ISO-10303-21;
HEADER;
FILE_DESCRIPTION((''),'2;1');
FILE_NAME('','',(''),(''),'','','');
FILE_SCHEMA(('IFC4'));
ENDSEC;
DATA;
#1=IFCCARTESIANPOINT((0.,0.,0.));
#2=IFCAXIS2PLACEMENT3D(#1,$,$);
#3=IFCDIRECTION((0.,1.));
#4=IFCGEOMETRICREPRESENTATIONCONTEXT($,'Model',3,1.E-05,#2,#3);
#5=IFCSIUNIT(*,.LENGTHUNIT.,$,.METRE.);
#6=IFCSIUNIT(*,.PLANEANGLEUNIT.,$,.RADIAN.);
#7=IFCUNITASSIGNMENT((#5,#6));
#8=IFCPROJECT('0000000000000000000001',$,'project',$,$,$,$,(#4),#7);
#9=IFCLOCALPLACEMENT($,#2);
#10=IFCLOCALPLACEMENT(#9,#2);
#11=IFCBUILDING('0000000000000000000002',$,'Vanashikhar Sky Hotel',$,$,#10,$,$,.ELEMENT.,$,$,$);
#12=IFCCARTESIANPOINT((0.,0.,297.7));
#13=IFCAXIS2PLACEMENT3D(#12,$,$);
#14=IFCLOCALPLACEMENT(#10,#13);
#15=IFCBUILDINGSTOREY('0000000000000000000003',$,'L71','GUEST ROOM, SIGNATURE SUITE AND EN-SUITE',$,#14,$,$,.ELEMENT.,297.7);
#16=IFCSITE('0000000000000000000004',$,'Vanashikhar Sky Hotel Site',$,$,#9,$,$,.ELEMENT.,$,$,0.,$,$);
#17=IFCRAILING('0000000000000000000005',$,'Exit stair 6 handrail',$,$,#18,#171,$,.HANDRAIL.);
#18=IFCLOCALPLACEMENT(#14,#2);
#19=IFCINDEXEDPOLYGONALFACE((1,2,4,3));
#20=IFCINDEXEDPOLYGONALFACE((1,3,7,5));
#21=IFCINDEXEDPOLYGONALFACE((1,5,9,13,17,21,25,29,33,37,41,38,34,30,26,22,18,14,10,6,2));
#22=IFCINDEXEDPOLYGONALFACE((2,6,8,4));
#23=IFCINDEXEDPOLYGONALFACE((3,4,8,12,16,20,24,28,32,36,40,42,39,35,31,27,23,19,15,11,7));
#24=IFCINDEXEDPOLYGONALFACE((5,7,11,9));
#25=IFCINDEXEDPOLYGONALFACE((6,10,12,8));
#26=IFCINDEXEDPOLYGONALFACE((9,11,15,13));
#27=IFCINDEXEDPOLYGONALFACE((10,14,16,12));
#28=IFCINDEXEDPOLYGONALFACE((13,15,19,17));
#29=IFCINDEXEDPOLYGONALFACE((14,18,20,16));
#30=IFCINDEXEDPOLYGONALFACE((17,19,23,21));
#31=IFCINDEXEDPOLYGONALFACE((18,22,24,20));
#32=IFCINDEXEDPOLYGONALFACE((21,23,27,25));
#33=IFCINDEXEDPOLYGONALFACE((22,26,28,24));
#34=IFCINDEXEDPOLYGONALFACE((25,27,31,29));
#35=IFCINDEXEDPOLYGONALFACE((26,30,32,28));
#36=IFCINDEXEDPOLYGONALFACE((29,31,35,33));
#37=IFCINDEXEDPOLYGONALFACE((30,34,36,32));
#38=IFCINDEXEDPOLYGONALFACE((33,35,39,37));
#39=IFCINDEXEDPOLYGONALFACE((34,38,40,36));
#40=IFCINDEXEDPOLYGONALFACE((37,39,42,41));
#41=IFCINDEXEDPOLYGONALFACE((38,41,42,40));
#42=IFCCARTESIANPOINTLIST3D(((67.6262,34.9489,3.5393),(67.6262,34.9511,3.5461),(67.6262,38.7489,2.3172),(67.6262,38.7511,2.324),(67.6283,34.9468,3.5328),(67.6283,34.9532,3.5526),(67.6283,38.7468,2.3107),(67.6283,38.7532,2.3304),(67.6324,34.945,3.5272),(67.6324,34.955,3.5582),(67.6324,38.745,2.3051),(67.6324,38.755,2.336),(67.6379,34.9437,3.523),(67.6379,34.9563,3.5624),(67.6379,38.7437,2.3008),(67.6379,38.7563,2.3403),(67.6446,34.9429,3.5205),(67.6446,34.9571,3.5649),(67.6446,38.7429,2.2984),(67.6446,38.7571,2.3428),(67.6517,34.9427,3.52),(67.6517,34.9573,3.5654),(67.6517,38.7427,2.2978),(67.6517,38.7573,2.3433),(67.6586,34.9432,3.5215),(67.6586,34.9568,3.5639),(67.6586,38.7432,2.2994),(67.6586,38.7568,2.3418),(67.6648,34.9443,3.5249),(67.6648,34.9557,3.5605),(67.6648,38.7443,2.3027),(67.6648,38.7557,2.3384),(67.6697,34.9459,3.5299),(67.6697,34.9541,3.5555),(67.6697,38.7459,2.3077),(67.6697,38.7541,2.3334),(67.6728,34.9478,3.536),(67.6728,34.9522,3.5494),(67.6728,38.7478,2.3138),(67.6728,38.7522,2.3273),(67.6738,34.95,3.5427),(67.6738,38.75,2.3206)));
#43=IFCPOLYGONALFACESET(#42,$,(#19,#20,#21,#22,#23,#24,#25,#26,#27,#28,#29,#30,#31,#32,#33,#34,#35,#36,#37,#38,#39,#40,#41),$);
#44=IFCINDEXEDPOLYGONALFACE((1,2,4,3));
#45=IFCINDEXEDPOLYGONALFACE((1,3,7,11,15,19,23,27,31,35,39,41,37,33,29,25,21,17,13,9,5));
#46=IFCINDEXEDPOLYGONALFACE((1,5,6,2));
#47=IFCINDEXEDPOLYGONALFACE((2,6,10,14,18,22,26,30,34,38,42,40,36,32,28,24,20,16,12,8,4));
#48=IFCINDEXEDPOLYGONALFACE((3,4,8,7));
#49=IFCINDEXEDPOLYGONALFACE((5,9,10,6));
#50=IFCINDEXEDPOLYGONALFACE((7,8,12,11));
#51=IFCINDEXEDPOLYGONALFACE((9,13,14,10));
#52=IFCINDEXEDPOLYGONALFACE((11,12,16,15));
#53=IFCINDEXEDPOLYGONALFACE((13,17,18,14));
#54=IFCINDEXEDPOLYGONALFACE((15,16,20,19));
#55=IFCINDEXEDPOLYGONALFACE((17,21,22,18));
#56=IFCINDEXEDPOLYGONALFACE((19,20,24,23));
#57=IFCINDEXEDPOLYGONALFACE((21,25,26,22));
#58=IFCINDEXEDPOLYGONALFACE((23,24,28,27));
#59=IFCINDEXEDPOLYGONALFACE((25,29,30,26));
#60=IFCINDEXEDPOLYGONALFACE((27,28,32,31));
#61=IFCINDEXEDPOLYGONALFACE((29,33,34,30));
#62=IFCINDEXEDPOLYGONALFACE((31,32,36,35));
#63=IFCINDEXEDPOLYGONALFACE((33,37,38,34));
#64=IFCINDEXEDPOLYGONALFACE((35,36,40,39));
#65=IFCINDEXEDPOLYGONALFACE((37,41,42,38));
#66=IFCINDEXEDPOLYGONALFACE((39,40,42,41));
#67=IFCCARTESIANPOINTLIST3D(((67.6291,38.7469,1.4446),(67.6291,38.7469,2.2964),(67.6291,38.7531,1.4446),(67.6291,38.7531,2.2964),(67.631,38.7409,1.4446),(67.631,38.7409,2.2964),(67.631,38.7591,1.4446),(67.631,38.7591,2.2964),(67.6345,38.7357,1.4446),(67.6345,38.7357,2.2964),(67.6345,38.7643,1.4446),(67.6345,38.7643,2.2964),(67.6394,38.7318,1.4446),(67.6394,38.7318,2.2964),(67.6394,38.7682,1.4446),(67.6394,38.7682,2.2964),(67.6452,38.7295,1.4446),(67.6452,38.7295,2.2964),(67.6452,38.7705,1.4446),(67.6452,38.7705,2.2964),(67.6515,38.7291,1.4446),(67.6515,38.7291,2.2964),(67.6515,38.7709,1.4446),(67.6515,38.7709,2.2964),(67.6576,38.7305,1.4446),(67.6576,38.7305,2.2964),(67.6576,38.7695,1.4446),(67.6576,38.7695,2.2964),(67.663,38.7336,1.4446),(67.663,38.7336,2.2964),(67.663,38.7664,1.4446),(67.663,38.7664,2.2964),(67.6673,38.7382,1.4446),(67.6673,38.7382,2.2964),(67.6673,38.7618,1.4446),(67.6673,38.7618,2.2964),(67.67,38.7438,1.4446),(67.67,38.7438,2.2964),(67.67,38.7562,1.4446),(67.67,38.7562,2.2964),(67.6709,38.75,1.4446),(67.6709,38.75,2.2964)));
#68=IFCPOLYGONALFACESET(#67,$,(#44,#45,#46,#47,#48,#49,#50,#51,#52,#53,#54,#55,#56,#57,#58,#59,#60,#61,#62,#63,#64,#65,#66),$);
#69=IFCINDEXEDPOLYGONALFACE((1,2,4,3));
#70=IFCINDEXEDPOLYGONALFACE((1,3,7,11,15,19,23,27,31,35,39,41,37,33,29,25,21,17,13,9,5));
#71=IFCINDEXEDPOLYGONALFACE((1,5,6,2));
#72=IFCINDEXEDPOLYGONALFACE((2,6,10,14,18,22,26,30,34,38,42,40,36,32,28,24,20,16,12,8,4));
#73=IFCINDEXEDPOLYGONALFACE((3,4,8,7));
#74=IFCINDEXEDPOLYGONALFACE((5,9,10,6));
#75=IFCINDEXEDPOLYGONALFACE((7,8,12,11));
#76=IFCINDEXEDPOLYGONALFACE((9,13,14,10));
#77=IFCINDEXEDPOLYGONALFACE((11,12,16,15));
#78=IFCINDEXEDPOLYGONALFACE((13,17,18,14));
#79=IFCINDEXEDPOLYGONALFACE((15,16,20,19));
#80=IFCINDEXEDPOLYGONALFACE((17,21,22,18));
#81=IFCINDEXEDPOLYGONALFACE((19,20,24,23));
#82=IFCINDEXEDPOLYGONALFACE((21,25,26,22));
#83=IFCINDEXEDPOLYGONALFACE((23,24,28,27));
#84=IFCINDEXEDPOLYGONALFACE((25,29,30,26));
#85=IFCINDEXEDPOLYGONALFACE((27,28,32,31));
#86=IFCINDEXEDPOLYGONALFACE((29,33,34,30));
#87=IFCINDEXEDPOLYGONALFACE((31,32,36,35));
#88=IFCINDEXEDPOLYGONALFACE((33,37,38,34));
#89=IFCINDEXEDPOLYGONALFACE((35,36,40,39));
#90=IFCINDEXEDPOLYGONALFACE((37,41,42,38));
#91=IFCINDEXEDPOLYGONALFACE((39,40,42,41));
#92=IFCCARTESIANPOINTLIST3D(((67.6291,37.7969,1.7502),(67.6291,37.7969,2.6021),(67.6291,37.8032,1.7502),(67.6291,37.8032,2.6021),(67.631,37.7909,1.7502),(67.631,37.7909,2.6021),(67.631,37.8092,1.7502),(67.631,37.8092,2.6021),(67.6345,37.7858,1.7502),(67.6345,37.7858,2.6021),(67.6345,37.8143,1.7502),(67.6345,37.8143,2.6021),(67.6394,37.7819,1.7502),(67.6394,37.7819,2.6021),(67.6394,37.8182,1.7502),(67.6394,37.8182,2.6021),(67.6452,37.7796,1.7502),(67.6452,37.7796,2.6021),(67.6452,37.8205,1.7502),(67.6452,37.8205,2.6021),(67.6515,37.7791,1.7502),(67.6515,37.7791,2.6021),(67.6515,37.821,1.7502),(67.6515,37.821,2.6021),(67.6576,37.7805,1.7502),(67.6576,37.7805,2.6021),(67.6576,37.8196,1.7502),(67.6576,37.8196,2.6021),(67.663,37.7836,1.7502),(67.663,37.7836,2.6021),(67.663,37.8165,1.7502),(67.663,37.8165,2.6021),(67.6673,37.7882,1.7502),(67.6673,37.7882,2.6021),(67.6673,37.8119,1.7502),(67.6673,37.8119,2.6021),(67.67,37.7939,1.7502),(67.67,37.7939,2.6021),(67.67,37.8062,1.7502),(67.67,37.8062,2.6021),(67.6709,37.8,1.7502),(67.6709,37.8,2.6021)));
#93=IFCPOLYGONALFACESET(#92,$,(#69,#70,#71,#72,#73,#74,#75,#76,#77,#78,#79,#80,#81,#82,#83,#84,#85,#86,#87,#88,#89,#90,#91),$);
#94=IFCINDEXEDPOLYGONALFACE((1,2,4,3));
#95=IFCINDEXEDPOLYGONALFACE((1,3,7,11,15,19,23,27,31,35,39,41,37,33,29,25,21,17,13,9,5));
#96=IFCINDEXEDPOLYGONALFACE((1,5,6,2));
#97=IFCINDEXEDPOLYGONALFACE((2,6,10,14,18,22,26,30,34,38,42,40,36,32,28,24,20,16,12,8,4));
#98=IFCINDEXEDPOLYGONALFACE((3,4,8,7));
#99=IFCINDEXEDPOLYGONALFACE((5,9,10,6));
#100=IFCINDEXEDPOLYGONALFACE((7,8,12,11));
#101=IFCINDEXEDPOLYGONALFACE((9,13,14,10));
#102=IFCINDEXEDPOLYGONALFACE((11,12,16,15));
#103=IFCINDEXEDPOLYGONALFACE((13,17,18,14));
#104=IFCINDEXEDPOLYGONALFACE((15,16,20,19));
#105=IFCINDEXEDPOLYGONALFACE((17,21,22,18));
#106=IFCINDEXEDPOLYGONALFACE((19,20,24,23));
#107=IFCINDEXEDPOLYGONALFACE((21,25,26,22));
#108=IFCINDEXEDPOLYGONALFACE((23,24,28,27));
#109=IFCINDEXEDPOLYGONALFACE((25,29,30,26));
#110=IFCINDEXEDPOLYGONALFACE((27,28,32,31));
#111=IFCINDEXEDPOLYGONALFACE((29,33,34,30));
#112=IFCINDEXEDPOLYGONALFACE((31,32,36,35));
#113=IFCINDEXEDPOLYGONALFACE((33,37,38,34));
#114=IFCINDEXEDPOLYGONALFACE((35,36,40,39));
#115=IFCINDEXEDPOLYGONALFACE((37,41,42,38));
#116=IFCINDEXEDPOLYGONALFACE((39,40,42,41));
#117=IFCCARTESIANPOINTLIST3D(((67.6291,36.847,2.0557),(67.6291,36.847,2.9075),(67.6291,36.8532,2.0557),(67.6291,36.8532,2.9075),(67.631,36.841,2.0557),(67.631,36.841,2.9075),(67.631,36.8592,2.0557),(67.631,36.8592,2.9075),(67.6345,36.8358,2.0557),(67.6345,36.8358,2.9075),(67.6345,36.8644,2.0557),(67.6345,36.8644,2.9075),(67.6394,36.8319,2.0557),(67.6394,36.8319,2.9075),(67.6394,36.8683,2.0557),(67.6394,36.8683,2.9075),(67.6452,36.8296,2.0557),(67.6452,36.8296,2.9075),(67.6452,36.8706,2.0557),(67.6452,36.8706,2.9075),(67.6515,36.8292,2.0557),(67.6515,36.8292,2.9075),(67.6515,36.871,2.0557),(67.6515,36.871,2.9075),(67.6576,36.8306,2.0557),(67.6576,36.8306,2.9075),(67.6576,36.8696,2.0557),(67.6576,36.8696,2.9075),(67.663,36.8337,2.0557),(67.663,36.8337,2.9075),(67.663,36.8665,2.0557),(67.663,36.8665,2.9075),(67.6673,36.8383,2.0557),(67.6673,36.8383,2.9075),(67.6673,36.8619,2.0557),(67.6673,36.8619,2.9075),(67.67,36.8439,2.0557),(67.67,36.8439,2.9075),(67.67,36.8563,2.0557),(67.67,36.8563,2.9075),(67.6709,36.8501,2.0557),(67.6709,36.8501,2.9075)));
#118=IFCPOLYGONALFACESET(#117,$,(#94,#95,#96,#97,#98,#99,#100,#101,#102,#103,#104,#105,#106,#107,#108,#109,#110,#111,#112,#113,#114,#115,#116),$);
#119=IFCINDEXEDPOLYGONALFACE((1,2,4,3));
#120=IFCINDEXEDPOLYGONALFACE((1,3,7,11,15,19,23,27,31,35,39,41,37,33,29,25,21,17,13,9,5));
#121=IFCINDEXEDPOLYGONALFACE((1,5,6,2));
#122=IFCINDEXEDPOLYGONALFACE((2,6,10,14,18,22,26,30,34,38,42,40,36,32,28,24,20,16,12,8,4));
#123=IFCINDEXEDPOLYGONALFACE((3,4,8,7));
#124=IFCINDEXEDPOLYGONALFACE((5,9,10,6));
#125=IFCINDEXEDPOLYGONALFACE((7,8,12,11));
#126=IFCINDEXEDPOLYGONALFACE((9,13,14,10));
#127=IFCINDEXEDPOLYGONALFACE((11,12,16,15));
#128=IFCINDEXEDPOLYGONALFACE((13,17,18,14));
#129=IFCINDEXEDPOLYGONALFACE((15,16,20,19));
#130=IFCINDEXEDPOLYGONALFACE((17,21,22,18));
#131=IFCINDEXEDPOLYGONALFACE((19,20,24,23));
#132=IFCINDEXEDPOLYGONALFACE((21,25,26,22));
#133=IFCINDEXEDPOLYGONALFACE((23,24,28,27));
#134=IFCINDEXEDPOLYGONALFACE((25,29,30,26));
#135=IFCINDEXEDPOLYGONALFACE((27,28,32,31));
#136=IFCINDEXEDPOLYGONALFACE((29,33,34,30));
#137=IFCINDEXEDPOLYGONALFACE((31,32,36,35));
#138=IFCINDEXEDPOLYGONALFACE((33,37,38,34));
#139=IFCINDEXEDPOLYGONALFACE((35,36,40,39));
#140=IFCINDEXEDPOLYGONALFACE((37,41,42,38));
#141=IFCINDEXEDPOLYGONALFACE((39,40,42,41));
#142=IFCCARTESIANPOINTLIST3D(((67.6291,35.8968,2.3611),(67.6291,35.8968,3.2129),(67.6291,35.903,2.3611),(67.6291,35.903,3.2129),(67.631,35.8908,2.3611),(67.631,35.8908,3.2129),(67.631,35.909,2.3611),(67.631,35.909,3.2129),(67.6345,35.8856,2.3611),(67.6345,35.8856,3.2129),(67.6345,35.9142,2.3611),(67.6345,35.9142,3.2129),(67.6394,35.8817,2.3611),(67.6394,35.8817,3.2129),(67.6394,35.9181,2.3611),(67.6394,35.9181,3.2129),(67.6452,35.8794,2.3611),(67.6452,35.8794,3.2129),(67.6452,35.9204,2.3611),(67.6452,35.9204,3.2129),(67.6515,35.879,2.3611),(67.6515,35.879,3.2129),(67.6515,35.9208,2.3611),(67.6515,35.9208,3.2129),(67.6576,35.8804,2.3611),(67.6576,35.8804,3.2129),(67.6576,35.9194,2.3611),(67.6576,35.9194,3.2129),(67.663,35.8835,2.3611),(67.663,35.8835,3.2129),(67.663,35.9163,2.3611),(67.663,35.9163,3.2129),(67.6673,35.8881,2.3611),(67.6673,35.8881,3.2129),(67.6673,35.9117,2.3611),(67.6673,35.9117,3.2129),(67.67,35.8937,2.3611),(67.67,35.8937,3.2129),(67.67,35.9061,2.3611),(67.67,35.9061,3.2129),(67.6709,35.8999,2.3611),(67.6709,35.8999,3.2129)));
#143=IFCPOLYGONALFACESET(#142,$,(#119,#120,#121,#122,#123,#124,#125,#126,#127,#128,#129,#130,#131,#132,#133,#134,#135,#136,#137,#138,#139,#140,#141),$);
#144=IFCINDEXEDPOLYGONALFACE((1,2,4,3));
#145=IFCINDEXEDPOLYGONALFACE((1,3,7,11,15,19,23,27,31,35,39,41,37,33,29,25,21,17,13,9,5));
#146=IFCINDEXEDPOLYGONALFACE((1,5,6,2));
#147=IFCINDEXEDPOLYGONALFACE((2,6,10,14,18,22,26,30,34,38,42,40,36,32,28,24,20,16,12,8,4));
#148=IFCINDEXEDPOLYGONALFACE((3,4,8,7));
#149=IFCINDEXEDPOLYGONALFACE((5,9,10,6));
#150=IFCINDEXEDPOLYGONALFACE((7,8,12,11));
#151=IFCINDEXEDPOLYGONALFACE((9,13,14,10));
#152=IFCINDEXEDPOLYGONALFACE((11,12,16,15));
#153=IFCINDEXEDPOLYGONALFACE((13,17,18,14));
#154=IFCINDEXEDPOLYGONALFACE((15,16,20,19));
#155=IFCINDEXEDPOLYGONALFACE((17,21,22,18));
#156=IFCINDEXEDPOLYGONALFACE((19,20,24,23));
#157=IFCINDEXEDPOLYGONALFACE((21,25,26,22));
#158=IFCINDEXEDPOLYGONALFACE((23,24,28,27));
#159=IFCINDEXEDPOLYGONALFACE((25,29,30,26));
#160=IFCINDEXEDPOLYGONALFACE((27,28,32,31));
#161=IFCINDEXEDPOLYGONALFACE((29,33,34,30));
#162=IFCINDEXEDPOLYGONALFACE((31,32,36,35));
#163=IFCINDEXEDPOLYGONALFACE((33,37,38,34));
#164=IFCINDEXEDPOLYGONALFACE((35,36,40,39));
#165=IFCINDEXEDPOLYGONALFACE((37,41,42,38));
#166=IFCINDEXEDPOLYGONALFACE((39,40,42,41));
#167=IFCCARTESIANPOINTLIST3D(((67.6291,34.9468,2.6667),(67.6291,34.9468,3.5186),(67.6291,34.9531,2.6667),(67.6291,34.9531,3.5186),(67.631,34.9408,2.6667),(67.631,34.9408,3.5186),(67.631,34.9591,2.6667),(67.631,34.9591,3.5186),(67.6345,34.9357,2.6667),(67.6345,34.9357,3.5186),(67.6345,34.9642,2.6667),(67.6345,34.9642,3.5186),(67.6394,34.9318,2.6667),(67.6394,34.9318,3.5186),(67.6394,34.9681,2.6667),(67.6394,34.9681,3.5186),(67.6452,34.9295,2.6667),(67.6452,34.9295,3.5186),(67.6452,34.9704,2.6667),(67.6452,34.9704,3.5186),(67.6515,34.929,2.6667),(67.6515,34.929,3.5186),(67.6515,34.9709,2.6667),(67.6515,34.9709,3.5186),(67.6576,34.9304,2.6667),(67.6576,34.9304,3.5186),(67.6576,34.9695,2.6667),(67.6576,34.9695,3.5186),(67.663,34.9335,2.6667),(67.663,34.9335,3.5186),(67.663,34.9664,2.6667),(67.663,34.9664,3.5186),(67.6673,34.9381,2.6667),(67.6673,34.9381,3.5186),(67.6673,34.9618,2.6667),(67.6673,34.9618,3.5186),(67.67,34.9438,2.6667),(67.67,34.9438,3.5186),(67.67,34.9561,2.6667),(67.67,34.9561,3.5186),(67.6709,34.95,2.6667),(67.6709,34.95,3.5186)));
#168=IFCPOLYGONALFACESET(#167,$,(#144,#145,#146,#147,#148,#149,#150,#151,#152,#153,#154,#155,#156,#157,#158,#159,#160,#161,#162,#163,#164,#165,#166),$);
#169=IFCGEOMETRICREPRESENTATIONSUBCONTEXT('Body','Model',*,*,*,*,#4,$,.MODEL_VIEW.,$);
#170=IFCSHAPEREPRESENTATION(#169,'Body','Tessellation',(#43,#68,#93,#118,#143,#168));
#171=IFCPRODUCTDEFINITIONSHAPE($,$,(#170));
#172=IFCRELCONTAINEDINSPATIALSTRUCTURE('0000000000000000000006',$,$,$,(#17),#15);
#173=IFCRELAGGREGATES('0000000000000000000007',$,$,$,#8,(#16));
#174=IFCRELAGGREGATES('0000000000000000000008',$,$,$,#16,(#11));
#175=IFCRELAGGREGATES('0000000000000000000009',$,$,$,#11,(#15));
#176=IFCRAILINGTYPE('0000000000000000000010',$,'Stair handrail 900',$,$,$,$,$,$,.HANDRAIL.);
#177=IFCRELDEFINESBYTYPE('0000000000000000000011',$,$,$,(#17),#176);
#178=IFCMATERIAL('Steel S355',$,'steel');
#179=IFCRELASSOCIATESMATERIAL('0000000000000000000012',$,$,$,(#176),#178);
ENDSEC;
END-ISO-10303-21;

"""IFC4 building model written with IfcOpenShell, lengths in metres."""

from ifc_helpers import new_model, si_unit, direction, frame, origin, origin_2d, place, context, subcontext, project, spatial, circle, extrude, source, transform, mapped, material, type_object, element, save


model = new_model("IFC4")

# Units and contexts
model_context = context("Model", 3, precision=1e-05, world=origin(), true_north=direction((0.0, 1.0)))
body_context = subcontext(model_context, "Body", "Model", "MODEL_VIEW")
ifc_project = project(units=[si_unit("LENGTHUNIT", "METRE"), si_unit("PLANEANGLEUNIT", "RADIAN")], contexts=[model_context])

# Site, building, storey
site_placement = place(None, origin())
site = spatial("IfcSite", under=ifc_project, at=site_placement, Name="Vanashikhar Sky Hotel Site", CompositionType="ELEMENT", RefElevation=0.0)
building_placement = place(site_placement, origin())
building = spatial("IfcBuilding", under=site, at=building_placement, Name="Vanashikhar Sky Hotel", CompositionType="ELEMENT")
storey_placement = place(building_placement, frame((0.0, 0.0, 297.7)))
storey = spatial("IfcBuildingStorey", under=building, at=storey_placement, Name="L71", Description="GUEST ROOM, SIGNATURE SUITE AND EN-SUITE", CompositionType="ELEMENT", Elevation=297.7)

# Railing
ifc_material_1 = material(Name="Steel S355", Category="steel")
railing_type_1 = type_object("IfcRailingType", Name="Stair handrail 900", PredefinedType="HANDRAIL", material=ifc_material_1)
shared_shape_1 = source(origin(), body_context, "Body", "SweptSolid", [
    extrude(circle(Radius=0.0239, at=origin_2d()), frame((0.0, 0.0, 0.876), z_axis=(0.0, -0.951976, 0.306173), x_axis=(1.0, 0.0, 0.0)), (0.0, 0.0, 1.0), 3.9917),
    extrude(circle(Radius=0.021, at=origin_2d()), origin(), (0.0, 0.0, 1.0), 0.8518),
    extrude(circle(Radius=0.021, at=origin_2d()), frame((0.0, -0.95, 0.3057)), (0.0, 0.0, 1.0), 0.8518),
    extrude(circle(Radius=0.021, at=origin_2d()), frame((0.0, -1.8999, 0.6111)), (0.0, 0.0, 1.0), 0.8518),
    extrude(circle(Radius=0.021, at=origin_2d()), frame((0.0, -2.8501, 0.9165)), (0.0, 0.0, 1.0), 0.8518),
    extrude(circle(Radius=0.021, at=origin_2d()), frame((0.0, -3.8, 1.2222)), (0.0, 0.0, 1.0), 0.8518),
])
for number, where, name in (
    (1, (67.6499, 38.75, 1.4446), "Exit stair 6 handrail"),
):
    element("IfcRailing", number, at=place(storey_placement, frame(where)), inside=storey, type_object=railing_type_1, Name=name, PredefinedType="HANDRAIL", context=body_context, shape_type="MappedRepresentation", body=[
        mapped(shared_shape_1, transform((0.0, 0.0, 0.0), scale=1.0)),
    ])

save(model, "model.ifc")
